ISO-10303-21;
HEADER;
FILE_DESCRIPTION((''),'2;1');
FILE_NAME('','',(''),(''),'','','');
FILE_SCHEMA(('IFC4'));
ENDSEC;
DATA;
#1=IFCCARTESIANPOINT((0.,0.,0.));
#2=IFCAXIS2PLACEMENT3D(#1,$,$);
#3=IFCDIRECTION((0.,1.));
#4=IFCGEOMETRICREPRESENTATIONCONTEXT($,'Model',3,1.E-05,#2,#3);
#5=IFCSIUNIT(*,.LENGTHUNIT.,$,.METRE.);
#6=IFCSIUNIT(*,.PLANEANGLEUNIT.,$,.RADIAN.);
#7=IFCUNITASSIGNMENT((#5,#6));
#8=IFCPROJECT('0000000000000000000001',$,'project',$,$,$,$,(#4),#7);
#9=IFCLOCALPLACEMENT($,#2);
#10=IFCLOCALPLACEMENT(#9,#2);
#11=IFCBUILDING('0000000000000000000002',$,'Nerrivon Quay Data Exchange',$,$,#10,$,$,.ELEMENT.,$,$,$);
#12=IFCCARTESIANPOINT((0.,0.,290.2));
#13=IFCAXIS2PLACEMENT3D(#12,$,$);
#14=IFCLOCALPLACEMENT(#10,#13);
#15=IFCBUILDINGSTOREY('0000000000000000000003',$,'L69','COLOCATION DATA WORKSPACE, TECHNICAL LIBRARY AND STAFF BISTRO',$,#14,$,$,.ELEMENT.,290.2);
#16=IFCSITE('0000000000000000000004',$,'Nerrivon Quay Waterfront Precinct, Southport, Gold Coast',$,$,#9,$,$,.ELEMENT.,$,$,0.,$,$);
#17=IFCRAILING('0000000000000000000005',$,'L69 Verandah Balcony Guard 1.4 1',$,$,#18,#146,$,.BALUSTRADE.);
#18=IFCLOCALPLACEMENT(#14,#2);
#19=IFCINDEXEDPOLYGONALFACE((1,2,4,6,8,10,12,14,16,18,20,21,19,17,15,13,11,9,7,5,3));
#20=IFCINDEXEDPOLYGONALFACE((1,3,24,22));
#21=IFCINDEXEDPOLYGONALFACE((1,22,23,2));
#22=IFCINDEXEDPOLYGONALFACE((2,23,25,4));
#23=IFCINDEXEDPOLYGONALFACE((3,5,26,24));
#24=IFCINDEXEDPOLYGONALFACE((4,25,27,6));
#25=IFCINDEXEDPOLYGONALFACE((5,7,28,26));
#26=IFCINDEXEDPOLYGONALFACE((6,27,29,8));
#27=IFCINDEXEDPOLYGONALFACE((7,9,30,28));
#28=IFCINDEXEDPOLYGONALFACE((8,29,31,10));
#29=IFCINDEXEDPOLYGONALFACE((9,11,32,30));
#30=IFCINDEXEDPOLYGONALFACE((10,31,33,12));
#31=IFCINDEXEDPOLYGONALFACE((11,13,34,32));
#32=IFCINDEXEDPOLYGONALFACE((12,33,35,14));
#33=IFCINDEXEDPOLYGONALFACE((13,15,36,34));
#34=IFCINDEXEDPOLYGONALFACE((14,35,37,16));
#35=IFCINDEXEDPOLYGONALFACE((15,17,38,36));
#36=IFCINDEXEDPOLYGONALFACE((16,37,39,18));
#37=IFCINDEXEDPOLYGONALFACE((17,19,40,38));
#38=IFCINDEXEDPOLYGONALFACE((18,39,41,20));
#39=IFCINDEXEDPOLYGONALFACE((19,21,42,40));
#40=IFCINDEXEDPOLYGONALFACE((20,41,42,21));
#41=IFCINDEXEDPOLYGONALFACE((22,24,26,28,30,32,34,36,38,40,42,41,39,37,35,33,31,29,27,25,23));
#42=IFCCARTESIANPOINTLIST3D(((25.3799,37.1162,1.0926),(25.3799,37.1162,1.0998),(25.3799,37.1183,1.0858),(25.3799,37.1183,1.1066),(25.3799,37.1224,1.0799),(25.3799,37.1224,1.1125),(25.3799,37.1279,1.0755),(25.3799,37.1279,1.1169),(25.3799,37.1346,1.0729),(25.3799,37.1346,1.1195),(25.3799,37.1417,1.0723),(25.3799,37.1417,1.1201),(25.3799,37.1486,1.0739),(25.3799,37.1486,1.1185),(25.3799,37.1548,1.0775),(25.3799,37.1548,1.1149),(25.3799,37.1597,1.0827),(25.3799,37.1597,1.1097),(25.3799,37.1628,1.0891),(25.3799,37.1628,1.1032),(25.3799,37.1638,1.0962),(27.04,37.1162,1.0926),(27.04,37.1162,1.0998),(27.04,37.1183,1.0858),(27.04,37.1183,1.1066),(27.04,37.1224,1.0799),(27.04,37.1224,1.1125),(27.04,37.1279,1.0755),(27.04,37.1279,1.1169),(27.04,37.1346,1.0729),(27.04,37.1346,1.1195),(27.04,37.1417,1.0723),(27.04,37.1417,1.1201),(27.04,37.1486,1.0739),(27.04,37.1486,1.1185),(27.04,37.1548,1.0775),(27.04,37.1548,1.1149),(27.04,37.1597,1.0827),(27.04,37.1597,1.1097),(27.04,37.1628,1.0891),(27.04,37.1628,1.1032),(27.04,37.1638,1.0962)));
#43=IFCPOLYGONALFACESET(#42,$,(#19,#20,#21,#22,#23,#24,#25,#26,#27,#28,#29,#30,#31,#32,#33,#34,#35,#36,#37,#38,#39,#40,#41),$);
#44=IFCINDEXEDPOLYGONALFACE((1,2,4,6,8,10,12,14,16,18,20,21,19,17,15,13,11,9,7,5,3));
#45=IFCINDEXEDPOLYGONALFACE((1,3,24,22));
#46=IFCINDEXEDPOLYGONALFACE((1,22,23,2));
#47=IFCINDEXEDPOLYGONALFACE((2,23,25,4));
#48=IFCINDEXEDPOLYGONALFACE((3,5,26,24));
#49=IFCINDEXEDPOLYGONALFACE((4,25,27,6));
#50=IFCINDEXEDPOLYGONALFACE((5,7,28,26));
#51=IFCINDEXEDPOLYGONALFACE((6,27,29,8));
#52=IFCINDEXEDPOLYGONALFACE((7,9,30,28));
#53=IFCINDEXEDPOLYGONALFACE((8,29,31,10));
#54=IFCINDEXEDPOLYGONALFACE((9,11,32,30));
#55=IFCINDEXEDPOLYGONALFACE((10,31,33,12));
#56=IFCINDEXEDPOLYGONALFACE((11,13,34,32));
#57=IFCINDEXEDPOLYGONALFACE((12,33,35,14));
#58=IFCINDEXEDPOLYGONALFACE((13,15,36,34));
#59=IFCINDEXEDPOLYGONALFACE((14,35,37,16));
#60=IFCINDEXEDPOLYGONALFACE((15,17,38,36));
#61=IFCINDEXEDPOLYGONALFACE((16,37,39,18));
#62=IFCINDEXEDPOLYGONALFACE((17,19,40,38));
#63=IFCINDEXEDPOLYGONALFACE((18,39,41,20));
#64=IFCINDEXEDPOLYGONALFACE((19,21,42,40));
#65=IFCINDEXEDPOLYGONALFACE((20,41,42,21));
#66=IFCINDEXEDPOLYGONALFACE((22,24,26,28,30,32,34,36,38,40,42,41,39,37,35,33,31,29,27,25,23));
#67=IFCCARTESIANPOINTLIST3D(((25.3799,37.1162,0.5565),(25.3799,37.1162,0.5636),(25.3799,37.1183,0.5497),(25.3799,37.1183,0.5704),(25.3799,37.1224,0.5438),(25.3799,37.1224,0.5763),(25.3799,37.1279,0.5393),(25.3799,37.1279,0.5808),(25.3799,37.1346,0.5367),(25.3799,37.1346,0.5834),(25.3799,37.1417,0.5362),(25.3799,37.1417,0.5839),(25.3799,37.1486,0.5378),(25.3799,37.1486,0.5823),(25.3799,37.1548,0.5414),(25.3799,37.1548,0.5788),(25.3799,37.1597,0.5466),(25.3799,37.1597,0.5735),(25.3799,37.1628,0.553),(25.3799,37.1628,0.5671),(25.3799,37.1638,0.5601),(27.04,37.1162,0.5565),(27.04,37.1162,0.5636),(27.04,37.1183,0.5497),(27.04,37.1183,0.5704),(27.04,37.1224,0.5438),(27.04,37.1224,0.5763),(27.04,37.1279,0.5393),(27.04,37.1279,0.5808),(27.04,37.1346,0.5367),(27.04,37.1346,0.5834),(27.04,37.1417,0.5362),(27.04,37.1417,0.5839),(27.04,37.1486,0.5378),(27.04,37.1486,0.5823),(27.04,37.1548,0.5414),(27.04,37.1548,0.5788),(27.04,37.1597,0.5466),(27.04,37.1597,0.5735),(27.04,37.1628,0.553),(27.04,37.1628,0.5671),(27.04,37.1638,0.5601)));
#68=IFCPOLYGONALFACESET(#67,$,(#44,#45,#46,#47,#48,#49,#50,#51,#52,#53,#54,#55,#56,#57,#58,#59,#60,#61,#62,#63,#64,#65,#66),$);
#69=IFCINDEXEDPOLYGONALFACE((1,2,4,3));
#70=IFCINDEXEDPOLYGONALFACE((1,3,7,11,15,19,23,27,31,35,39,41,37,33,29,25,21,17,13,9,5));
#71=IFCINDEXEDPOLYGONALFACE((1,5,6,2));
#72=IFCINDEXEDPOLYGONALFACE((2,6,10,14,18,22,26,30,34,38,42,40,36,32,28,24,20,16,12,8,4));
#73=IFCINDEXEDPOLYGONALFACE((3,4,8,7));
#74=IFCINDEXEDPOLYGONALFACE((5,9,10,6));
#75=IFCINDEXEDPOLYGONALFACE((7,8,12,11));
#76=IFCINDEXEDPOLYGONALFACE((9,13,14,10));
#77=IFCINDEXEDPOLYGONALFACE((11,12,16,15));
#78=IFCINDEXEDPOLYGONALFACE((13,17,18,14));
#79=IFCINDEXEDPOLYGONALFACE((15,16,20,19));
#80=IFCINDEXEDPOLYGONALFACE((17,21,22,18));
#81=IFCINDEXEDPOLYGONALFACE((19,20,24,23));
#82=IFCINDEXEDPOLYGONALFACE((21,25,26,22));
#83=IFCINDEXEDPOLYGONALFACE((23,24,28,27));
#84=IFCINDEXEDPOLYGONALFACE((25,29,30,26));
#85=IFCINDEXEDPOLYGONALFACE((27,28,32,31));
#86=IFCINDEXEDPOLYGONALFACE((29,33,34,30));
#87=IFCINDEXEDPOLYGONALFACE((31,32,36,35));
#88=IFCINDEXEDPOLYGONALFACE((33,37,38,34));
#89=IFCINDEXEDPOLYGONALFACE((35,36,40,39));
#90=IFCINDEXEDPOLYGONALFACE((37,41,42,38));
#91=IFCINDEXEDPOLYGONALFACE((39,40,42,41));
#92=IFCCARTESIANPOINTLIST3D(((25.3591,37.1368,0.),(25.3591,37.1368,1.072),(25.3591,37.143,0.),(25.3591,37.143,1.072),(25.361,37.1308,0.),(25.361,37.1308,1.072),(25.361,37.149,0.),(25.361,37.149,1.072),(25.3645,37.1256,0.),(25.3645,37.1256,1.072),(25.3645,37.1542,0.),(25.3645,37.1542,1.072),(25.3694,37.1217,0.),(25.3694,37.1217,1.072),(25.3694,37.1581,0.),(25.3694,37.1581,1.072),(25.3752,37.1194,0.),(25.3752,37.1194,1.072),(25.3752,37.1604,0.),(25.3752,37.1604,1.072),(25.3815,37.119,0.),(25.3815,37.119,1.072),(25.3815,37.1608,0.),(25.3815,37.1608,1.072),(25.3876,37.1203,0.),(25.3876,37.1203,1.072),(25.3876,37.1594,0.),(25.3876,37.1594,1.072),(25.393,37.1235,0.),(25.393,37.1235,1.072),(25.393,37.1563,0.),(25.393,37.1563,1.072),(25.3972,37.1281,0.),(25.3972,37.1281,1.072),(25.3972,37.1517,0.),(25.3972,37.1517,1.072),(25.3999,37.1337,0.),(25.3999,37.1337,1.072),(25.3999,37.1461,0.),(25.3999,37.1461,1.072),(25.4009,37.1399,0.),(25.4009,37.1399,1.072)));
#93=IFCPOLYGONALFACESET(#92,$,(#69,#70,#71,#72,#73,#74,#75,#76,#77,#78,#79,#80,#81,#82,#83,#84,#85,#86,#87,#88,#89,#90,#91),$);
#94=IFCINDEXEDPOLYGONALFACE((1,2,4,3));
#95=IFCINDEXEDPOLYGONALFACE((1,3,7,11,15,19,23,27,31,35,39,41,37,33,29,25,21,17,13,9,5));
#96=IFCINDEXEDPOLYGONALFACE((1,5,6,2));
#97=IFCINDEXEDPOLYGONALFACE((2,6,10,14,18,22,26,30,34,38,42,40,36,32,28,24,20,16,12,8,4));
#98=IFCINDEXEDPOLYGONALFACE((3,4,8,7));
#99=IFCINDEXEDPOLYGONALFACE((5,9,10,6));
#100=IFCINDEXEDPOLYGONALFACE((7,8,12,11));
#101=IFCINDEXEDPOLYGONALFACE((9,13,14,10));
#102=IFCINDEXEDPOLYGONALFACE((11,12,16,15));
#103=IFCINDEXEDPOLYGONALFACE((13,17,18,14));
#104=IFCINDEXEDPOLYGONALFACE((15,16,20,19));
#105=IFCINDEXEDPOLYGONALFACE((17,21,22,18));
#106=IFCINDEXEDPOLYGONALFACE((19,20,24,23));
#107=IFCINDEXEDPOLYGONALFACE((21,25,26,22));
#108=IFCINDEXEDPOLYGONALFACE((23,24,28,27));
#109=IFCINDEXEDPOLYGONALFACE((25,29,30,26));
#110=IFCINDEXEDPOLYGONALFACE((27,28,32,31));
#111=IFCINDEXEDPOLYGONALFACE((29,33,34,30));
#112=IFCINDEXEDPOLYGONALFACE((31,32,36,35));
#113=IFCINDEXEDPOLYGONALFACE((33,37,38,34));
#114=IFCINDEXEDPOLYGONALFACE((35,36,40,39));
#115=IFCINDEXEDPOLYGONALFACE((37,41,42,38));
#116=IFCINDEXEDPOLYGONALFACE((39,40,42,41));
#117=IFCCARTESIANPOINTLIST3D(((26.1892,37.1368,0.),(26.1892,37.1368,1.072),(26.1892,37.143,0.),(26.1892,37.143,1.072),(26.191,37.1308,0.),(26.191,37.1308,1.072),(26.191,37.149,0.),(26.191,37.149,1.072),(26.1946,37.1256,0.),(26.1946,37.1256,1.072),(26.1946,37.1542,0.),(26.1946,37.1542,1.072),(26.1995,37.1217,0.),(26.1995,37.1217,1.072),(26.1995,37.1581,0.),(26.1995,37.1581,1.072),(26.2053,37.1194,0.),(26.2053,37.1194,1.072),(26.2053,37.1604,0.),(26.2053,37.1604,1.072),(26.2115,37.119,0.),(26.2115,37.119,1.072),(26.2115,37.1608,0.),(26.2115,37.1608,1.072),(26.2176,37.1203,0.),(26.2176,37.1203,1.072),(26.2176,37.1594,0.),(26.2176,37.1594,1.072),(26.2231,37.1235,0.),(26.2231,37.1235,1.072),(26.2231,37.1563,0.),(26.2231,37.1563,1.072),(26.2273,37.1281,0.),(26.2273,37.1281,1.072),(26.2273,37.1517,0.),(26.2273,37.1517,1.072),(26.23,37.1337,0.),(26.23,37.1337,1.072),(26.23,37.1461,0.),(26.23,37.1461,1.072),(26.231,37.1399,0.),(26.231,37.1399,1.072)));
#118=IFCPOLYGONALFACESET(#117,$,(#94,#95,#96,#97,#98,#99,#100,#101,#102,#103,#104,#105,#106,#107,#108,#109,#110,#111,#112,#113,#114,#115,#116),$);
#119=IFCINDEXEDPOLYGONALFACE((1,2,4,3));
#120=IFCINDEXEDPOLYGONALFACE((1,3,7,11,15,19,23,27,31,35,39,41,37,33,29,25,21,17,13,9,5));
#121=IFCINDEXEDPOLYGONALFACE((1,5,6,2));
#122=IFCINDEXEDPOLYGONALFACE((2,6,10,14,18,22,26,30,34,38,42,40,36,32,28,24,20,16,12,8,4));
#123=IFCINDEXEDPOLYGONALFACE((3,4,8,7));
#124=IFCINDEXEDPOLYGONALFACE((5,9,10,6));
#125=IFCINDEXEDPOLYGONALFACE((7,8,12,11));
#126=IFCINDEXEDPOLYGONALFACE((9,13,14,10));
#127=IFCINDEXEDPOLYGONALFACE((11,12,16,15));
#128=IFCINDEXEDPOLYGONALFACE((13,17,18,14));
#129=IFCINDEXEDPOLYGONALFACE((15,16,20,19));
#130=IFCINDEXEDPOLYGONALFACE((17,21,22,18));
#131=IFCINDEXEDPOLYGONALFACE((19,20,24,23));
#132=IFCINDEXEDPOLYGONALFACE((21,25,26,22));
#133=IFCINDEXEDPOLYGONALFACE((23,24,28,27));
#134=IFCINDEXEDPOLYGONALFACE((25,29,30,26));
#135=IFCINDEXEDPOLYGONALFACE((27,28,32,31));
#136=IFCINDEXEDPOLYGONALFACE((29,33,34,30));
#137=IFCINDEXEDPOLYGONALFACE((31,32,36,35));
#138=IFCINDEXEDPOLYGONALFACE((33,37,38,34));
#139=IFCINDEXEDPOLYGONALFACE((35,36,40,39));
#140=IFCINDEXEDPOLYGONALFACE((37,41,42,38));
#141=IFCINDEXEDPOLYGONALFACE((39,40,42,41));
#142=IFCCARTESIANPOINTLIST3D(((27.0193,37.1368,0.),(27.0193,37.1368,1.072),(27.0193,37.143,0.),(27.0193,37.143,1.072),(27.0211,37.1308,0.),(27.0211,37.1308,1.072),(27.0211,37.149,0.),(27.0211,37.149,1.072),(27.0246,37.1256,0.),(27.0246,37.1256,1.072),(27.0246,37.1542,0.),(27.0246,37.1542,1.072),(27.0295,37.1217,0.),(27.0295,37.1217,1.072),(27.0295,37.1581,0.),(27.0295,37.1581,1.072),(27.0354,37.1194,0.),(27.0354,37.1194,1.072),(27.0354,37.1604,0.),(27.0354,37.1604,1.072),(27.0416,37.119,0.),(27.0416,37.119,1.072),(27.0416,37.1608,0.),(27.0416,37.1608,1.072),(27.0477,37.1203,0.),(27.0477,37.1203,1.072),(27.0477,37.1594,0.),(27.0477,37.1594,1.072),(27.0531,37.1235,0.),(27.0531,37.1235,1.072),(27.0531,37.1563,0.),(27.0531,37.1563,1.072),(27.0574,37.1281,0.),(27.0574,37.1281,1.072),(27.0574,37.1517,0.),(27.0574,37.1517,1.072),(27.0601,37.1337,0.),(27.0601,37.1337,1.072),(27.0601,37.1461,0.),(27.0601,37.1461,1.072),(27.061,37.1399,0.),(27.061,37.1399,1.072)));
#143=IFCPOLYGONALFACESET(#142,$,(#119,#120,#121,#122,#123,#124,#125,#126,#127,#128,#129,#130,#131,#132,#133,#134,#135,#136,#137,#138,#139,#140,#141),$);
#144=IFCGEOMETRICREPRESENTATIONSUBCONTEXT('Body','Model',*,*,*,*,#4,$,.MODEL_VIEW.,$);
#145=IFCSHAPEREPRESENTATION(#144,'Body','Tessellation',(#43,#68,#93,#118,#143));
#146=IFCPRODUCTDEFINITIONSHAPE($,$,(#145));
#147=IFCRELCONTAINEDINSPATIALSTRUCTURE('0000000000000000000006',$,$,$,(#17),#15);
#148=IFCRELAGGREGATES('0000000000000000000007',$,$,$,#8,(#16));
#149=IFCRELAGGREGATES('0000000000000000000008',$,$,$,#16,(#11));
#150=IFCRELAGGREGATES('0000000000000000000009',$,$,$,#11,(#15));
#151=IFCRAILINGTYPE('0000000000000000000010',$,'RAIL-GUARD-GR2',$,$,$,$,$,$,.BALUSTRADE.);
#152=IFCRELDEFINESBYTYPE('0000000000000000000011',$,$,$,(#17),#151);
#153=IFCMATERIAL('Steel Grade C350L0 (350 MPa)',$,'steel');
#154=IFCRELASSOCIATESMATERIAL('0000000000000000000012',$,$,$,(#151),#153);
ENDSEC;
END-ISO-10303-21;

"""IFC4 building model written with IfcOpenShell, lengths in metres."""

from ifc_helpers import new_model, si_unit, direction, frame, origin, origin_2d, place, context, subcontext, project, spatial, circle, extrude, material, type_object, element, save


model = new_model("IFC4")

# Units and contexts
model_context = context("Model", 3, precision=1e-05, world=origin(), true_north=direction((0.0, 1.0)))
body_context = subcontext(model_context, "Body", "Model", "MODEL_VIEW")
ifc_project = project(units=[si_unit("LENGTHUNIT", "METRE"), si_unit("PLANEANGLEUNIT", "RADIAN")], contexts=[model_context])

# Site, building, storey
site_placement = place(None, origin())
site = spatial("IfcSite", under=ifc_project, at=site_placement, Name="Nerrivon Quay Waterfront Precinct, Southport, Gold Coast", CompositionType="ELEMENT", RefElevation=0.0)
building_placement = place(site_placement, origin())
building = spatial("IfcBuilding", under=site, at=building_placement, Name="Nerrivon Quay Data Exchange", CompositionType="ELEMENT")
storey_placement = place(building_placement, frame((0.0, 0.0, 290.2)))
storey = spatial("IfcBuildingStorey", under=building, at=storey_placement, Name="L69", Description="COLOCATION DATA WORKSPACE, TECHNICAL LIBRARY AND STAFF BISTRO", CompositionType="ELEMENT", Elevation=290.2)

# Railing
ifc_material_1 = material(Name="Steel Grade C350L0 (350 MPa)", Category="steel")
railing_type = type_object("IfcRailingType", Name="RAIL-GUARD-GR2", PredefinedType="BALUSTRADE", material=ifc_material_1)
railing_1_placement = place(storey_placement, frame((25.3799, 37.1399, 0.0)))
element("IfcRailing", 1, at=railing_1_placement, inside=storey, type_object=railing_type, Name="L69 Verandah Balcony Guard 1.4 1", PredefinedType="BALUSTRADE", context=body_context, shape_type="SweptSolid", body=[
    extrude(circle(Radius=0.0239, at=origin_2d()), frame((0.0, 0.0, 1.0962), z_axis=(1.0, 0.0, 0.0), x_axis=(0.0, 1.0, 0.0)), (0.0, 0.0, 1.0), 1.6602),
    extrude(circle(Radius=0.0239, at=origin_2d()), frame((0.0, 0.0, 0.5601), z_axis=(1.0, 0.0, 0.0), x_axis=(0.0, 1.0, 0.0)), (0.0, 0.0, 1.0), 1.6602),
    extrude(circle(Radius=0.021, at=origin_2d()), origin(), (0.0, 0.0, 1.0), 1.072),
    extrude(circle(Radius=0.021, at=origin_2d()), frame((0.8301, 0.0, 0.0)), (0.0, 0.0, 1.0), 1.072),
    extrude(circle(Radius=0.021, at=origin_2d()), frame((1.6602, 0.0, 0.0)), (0.0, 0.0, 1.0), 1.072),
])

save(model, "model.ifc")
